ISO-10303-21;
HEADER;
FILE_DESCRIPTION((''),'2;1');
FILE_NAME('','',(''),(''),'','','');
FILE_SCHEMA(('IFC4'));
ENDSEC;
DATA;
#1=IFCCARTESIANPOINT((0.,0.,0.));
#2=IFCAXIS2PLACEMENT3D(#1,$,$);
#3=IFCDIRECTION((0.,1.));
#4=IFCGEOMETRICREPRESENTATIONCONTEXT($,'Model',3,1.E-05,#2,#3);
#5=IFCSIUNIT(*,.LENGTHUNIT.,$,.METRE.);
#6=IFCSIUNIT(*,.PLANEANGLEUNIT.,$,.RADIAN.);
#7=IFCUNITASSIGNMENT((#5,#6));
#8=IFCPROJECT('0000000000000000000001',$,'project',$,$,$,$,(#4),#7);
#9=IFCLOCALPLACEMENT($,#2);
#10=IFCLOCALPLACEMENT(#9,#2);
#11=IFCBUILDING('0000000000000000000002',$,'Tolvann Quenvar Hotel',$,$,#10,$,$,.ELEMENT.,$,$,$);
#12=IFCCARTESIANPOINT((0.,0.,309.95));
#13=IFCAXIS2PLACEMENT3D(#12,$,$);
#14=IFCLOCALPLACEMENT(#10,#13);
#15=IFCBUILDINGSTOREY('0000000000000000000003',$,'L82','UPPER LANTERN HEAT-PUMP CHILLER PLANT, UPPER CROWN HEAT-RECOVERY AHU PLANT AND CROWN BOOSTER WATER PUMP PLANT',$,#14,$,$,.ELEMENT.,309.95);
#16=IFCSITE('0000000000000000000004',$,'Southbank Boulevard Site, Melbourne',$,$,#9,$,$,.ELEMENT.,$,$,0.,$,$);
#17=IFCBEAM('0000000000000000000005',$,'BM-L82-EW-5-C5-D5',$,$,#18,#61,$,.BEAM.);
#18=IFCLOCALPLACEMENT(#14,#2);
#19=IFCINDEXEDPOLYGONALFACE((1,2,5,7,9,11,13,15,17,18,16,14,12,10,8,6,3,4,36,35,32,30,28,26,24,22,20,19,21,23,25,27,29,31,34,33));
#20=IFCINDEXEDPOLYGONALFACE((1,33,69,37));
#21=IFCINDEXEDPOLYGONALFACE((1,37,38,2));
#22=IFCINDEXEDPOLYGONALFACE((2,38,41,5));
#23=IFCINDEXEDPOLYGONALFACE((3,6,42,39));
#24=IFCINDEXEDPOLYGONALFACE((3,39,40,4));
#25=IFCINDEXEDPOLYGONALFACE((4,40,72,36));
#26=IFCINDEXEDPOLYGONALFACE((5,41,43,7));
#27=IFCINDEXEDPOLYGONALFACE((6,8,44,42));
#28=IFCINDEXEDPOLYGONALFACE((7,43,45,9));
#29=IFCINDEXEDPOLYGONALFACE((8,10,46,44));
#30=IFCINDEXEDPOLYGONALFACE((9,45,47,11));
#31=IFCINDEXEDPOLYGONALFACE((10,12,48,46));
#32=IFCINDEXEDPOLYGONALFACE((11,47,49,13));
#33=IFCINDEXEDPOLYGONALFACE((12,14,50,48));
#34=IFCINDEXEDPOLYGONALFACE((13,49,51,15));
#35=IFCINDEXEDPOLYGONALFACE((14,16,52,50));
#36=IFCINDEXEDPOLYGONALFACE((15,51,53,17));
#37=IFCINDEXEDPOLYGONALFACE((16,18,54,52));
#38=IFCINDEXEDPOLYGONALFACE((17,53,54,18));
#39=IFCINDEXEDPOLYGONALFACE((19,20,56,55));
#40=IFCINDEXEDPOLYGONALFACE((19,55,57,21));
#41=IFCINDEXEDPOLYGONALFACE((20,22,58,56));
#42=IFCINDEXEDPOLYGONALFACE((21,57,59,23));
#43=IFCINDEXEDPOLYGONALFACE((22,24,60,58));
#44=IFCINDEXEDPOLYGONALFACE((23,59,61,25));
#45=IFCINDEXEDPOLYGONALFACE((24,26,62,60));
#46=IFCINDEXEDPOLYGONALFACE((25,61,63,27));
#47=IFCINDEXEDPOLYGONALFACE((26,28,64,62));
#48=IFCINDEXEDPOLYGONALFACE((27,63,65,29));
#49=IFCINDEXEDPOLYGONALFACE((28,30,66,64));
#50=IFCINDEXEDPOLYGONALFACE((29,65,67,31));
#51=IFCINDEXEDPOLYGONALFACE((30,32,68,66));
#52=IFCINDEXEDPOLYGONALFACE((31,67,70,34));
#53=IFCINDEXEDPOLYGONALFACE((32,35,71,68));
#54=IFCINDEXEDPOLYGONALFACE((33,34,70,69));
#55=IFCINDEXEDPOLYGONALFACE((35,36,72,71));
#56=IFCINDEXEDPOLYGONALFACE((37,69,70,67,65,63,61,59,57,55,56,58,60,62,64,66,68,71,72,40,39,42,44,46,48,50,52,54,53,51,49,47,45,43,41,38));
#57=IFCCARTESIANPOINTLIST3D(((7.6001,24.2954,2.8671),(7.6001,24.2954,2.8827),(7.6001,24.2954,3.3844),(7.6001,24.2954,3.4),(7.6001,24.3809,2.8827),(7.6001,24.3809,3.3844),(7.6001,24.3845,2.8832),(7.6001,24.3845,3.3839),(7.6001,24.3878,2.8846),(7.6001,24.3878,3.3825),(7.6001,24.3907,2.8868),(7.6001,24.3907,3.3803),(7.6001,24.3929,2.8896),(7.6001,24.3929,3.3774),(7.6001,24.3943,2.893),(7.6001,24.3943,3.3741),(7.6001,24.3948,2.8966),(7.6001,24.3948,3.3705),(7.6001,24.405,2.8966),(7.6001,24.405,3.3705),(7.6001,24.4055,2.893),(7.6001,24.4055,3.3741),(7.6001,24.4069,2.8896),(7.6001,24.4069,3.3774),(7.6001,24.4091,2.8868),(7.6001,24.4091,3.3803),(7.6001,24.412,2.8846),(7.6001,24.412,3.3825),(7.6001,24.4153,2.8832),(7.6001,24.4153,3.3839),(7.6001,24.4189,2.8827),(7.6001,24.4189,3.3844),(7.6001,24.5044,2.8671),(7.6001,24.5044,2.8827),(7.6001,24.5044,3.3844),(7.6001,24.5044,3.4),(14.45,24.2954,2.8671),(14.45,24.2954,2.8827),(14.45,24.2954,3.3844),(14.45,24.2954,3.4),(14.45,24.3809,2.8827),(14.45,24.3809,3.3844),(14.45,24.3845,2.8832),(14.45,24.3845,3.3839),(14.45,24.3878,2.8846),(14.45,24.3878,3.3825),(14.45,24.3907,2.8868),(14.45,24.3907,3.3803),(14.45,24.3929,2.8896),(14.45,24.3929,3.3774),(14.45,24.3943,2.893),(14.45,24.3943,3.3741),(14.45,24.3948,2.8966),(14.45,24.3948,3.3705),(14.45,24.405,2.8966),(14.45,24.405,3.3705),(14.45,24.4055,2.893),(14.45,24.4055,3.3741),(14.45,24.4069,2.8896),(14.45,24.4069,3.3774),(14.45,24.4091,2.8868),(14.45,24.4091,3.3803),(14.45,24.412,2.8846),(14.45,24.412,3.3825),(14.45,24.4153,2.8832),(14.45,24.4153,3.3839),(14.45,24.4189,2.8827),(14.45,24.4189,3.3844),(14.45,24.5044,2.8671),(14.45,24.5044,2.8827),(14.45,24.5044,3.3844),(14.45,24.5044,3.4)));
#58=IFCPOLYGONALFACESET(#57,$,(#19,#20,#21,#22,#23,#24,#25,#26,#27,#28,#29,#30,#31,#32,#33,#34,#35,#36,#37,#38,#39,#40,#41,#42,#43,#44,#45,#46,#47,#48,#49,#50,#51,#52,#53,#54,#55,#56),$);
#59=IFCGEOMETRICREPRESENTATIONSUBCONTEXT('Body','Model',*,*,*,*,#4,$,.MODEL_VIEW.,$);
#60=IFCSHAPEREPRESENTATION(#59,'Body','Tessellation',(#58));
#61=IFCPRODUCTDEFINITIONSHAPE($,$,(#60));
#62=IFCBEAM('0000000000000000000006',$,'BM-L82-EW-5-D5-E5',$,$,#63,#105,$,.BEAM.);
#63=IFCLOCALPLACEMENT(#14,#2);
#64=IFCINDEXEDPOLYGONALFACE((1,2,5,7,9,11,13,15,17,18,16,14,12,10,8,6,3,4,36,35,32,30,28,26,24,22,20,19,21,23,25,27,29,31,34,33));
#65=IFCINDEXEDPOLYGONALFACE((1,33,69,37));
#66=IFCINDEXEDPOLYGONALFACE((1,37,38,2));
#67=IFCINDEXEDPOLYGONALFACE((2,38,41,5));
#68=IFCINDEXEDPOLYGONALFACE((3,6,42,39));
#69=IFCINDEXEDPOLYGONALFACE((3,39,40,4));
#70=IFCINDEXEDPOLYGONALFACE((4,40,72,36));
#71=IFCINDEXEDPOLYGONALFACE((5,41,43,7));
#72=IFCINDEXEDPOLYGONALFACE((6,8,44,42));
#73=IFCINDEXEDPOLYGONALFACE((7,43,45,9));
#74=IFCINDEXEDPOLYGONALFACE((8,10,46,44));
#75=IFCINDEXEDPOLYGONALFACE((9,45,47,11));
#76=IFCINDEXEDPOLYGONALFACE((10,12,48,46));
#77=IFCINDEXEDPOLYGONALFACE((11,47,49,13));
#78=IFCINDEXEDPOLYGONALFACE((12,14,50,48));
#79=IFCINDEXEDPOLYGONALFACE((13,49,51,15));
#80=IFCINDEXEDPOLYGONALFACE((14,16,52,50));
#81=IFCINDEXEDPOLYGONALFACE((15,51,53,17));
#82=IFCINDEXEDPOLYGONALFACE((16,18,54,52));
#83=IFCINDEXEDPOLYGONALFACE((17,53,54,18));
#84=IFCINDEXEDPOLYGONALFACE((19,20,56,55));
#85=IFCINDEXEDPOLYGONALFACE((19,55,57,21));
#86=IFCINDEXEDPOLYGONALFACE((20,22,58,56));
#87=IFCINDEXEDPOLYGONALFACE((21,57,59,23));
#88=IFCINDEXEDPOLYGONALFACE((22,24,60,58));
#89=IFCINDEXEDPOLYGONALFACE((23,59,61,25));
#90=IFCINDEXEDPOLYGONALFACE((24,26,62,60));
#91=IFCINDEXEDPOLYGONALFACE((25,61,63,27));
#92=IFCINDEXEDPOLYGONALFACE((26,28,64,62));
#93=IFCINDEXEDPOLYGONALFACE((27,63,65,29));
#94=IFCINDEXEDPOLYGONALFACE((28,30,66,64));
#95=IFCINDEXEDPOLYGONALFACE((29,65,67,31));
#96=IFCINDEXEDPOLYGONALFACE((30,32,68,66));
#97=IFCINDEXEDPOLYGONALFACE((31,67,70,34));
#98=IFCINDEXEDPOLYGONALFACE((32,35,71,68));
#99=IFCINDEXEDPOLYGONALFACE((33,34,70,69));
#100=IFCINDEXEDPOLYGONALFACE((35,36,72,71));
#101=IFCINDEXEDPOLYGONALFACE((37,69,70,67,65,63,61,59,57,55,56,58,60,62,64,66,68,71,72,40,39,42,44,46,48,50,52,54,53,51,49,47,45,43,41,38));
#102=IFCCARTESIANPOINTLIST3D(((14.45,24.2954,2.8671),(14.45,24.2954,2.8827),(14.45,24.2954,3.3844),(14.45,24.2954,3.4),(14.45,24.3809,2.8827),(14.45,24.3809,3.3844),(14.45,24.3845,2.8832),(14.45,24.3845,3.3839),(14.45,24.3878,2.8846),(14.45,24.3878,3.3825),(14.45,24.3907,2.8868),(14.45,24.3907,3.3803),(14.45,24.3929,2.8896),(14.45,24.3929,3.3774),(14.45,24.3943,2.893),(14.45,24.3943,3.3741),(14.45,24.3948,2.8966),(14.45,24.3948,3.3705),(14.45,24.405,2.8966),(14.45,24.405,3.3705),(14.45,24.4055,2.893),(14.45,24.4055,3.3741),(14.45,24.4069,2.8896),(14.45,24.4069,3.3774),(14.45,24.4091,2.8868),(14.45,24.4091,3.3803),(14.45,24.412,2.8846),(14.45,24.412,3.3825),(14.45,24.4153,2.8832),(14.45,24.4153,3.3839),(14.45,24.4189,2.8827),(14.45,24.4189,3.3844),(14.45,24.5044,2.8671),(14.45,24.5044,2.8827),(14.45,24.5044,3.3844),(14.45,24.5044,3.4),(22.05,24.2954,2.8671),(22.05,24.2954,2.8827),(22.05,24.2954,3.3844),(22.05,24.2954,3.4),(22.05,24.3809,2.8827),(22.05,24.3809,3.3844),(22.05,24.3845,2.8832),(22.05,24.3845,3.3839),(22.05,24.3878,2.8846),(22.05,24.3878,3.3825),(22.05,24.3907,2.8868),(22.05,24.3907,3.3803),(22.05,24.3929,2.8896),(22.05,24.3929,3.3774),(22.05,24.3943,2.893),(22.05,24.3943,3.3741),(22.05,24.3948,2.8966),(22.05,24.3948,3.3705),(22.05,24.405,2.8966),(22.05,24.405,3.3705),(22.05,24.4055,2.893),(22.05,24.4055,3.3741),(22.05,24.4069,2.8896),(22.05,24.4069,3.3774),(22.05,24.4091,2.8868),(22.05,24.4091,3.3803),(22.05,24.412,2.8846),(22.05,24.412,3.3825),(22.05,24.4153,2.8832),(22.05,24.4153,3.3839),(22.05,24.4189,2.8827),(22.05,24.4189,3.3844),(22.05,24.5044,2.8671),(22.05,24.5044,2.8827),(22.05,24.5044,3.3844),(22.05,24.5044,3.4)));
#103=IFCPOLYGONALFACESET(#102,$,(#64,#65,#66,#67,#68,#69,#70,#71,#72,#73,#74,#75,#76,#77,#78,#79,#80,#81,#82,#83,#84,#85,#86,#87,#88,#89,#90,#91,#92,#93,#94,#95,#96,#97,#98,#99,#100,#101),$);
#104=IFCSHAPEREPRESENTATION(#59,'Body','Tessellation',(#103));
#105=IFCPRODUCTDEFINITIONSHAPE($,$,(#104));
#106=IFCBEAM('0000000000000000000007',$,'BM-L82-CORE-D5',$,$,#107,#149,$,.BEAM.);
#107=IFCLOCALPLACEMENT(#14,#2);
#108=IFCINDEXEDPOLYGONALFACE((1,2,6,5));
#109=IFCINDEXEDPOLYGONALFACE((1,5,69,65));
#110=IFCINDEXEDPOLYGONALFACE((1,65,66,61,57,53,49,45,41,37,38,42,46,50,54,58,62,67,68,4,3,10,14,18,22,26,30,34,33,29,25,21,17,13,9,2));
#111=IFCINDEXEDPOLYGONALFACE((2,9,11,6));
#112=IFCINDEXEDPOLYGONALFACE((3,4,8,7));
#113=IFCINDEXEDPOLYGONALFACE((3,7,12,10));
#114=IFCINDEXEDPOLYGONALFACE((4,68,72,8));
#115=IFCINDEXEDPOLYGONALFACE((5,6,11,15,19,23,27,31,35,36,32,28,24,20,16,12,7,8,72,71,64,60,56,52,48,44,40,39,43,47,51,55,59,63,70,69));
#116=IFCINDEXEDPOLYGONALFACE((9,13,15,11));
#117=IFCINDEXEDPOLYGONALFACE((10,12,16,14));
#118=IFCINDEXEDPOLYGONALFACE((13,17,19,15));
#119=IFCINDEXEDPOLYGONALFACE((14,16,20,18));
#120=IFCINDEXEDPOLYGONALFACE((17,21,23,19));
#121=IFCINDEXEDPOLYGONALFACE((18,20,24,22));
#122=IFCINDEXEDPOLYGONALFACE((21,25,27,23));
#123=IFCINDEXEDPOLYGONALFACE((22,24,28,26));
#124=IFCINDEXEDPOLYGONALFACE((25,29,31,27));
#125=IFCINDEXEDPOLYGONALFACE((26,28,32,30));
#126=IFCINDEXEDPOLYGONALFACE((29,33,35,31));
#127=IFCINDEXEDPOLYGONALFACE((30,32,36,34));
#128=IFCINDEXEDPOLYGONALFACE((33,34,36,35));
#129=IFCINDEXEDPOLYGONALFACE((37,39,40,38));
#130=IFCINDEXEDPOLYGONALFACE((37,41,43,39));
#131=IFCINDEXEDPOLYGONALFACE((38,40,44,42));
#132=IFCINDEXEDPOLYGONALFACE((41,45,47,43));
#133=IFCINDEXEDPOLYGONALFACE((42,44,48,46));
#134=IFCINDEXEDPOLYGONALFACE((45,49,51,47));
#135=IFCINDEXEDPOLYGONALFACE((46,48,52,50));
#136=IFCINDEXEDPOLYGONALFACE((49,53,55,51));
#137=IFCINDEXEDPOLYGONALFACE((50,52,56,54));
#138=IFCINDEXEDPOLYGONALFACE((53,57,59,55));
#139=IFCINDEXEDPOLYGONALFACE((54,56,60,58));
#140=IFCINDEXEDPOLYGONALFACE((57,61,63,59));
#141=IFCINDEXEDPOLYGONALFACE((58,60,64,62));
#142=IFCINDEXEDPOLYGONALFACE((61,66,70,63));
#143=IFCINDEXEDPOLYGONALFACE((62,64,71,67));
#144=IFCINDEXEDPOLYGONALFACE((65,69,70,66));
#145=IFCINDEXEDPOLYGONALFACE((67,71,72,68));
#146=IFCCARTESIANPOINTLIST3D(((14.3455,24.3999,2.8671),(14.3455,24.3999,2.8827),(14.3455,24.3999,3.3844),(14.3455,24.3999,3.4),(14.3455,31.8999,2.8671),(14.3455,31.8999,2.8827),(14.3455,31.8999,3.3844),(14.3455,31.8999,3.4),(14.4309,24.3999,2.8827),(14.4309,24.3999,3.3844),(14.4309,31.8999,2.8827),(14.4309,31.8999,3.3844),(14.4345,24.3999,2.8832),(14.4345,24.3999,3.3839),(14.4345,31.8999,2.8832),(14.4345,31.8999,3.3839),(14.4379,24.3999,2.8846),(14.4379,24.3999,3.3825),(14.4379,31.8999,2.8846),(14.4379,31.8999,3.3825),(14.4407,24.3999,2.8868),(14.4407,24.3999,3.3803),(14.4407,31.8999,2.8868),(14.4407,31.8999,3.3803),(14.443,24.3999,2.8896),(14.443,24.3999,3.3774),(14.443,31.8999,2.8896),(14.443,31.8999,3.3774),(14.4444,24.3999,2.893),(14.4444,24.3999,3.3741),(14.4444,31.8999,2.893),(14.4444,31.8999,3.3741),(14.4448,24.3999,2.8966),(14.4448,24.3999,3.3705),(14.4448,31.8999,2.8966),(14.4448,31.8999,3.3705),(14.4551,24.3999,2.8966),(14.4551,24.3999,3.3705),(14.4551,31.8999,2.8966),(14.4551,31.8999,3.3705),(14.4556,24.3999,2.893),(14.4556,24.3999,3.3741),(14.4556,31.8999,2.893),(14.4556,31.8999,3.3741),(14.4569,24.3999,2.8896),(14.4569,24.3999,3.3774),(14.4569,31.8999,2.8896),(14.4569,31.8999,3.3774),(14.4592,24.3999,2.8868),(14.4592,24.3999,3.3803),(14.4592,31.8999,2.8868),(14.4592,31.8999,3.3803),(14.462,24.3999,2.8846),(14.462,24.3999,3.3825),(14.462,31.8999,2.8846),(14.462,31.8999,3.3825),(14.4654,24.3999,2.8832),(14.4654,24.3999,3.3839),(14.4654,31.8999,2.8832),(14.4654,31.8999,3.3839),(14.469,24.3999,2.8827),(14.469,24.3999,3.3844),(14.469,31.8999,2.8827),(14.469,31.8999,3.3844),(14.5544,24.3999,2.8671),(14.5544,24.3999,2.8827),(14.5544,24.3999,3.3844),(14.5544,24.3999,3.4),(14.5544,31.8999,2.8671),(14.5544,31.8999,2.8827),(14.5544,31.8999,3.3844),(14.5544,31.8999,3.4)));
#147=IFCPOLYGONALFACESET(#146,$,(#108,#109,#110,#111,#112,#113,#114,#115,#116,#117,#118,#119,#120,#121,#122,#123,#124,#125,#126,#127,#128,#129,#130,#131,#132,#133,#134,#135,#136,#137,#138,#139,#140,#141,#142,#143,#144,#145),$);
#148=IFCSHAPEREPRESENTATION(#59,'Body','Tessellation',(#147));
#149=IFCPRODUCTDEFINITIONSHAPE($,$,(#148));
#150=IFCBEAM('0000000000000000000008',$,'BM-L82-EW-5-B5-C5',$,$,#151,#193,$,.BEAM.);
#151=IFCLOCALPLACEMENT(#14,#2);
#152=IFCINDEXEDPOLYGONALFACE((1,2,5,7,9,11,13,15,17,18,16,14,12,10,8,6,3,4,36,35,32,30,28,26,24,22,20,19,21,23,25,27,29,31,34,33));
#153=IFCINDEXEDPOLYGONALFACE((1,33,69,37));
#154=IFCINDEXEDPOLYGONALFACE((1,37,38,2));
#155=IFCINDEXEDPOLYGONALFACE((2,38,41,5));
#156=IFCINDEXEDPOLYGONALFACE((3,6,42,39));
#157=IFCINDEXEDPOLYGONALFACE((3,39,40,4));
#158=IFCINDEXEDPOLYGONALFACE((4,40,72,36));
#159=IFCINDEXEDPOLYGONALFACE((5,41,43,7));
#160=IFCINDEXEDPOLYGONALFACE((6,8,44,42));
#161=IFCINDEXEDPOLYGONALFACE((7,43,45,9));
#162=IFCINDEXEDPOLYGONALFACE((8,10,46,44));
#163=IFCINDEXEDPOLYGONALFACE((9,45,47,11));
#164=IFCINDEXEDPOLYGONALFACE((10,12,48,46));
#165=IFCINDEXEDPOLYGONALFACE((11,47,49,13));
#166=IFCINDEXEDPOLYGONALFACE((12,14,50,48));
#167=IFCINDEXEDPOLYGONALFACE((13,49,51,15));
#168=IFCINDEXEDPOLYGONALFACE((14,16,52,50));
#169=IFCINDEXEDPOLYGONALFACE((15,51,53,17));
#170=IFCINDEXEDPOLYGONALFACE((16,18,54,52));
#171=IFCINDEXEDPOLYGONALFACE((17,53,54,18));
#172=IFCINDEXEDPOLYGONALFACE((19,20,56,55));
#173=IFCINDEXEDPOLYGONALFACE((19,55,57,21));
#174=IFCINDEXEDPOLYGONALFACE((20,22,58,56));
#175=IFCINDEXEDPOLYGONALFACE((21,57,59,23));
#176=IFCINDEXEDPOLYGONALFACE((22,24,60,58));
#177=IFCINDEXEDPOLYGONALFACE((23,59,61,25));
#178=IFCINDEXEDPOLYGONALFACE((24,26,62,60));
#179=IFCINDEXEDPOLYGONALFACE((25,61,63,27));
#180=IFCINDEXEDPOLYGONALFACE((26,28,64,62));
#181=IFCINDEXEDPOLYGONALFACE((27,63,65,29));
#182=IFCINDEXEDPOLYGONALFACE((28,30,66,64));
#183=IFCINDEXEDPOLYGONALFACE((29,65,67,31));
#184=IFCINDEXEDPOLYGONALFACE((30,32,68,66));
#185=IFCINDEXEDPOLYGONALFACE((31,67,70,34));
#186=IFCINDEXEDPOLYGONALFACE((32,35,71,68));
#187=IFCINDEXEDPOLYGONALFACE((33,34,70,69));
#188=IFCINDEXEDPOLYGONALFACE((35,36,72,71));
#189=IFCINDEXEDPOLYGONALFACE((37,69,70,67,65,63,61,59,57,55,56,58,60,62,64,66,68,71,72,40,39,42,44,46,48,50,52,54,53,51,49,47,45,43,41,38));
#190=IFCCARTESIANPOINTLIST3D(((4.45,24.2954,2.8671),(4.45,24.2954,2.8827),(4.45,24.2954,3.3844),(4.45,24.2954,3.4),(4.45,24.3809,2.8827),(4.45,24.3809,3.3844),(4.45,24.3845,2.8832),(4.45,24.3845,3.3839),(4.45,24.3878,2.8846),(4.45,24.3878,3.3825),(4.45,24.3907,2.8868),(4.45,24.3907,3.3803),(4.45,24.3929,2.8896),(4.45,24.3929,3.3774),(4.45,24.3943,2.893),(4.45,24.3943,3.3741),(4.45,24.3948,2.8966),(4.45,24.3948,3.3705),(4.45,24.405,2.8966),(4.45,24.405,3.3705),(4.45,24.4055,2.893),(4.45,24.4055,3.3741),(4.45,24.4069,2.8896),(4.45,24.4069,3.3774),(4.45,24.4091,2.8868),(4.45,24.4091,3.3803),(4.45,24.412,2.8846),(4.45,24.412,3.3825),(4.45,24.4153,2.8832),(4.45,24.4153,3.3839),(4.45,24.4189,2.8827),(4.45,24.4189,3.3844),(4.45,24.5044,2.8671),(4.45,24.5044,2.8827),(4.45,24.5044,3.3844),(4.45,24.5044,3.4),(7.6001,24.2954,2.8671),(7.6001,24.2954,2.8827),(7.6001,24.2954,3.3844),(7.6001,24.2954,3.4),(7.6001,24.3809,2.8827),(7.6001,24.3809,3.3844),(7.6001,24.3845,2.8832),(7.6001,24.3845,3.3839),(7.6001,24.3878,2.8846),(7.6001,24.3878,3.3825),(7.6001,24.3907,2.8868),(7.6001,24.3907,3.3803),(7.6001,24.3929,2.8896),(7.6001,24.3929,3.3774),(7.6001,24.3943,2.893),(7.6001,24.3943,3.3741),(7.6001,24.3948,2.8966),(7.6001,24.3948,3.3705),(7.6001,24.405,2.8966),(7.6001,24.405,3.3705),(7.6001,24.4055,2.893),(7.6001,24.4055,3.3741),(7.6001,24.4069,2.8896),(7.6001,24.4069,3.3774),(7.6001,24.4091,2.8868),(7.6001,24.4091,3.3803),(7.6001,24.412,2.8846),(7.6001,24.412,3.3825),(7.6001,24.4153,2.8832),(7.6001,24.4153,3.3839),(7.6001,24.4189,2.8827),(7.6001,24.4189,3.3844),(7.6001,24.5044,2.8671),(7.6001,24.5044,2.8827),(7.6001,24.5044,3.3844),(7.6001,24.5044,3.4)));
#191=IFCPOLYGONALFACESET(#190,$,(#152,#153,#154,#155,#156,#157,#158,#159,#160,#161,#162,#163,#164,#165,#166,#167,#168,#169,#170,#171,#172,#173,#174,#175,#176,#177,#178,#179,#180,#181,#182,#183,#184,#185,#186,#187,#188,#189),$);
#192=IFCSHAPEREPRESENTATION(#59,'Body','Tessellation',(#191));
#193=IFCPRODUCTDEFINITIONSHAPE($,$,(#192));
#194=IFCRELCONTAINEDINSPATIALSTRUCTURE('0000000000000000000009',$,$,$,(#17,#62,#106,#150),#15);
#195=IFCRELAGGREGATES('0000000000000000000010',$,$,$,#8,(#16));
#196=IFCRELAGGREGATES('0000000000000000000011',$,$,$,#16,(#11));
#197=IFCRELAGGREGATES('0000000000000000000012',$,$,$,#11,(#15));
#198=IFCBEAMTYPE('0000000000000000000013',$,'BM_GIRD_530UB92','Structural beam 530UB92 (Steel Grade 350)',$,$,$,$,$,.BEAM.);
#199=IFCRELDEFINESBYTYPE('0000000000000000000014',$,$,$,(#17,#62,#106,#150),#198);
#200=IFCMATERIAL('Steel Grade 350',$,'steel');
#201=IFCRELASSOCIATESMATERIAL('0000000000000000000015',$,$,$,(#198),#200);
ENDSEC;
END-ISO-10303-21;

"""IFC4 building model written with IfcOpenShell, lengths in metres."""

from ifc_helpers import new_model, si_unit, direction, frame, origin, origin_2d, place, context, subcontext, project, spatial, i_section, extrude, source, transform, mapped, material, material_profile, profile_set, type_object, type_shapes, element, save


model = new_model("IFC4")

# Units and contexts
model_context = context("Model", 3, precision=1e-05, world=origin(), true_north=direction((0.0, 1.0)))
body_context = subcontext(model_context, "Body", "Model", "MODEL_VIEW")
ifc_project = project(units=[si_unit("LENGTHUNIT", "METRE"), si_unit("PLANEANGLEUNIT", "RADIAN")], contexts=[model_context])

# Site, building, storey
site_placement = place(None, origin())
site = spatial("IfcSite", under=ifc_project, at=site_placement, Name="Southbank Boulevard Site, Melbourne", CompositionType="ELEMENT", RefElevation=0.0)
building_placement = place(site_placement, origin())
building = spatial("IfcBuilding", under=site, at=building_placement, Name="Tolvann Quenvar Hotel", CompositionType="ELEMENT")
storey_placement = place(building_placement, frame((0.0, 0.0, 309.95)))
storey = spatial("IfcBuildingStorey", under=building, at=storey_placement, Name="L82", Description="UPPER LANTERN HEAT-PUMP CHILLER PLANT, UPPER CROWN HEAT-RECOVERY AHU PLANT AND CROWN BOOSTER WATER PUMP PLANT", CompositionType="ELEMENT", Elevation=309.95)

# Shared definitions
ifc_material_1 = material(Name="Steel Grade 350", Category="steel")

# Beams
ifc_material_profile_1 = material_profile(ifc_material_1, i_section(OverallWidth=0.209, OverallDepth=0.533, WebThickness=0.0103, FlangeThickness=0.0156, FilletRadius=0.0139, at=origin_2d()), Name="530UB92")
ifc_profile_set_1 = profile_set([ifc_material_profile_1], Name="Steel Grade 350")
beam_type_1 = type_object("IfcBeamType", Name="BM_GIRD_530UB92", Description="Structural beam 530UB92 (Steel Grade 350)", PredefinedType="BEAM", material=ifc_profile_set_1)
shared_shape_1 = source(origin(), body_context, "Body", "SweptSolid", [
    extrude(i_section(OverallWidth=0.209, OverallDepth=0.533, WebThickness=0.0103, FlangeThickness=0.0156, FilletRadius=0.0139, at=origin_2d()), origin(), (0.0, 0.0, 1.0), 6.8499),
])
beam_1_placement = place(storey_placement, frame((7.6001, 24.3999, 3.1335), z_axis=(1.0, 0.0, 0.0), x_axis=(0.0, 1.0, 0.0)))
element("IfcBeam", 1, at=beam_1_placement, inside=storey, type_object=beam_type_1, Name="BM-L82-EW-5-C5-D5", PredefinedType="BEAM", context=body_context, shape_type="MappedRepresentation", body=[
    mapped(shared_shape_1, transform((0.0, 0.0, 0.0), x_axis=(1.0, 0.0, 0.0), y_axis=(0.0, 1.0, 0.0), z_axis=(0.0, 0.0, 1.0), scale=1.0)),
])
shared_shape_2 = source(origin(), body_context, "Body", "SweptSolid", [
    extrude(i_section(OverallWidth=0.209, OverallDepth=0.533, WebThickness=0.0103, FlangeThickness=0.0156, FilletRadius=0.0139, at=origin_2d()), origin(), (0.0, 0.0, 1.0), 7.6001),
])
beam_2_placement = place(storey_placement, frame((14.45, 24.3999, 3.1335), z_axis=(1.0, 0.0, 0.0), x_axis=(0.0, 1.0, 0.0)))
element("IfcBeam", 2, at=beam_2_placement, inside=storey, type_object=beam_type_1, Name="BM-L82-EW-5-D5-E5", PredefinedType="BEAM", context=body_context, shape_type="MappedRepresentation", body=[
    mapped(shared_shape_2, transform((0.0, 0.0, 0.0), x_axis=(1.0, 0.0, 0.0), y_axis=(0.0, 1.0, 0.0), z_axis=(0.0, 0.0, 1.0), scale=1.0)),
])
shared_shape_3 = source(origin(), body_context, "Body", "SweptSolid", [
    extrude(i_section(OverallWidth=0.209, OverallDepth=0.533, WebThickness=0.0103, FlangeThickness=0.0156, FilletRadius=0.0139, at=origin_2d()), origin(), (0.0, 0.0, 1.0), 7.5),
])
beam_3_placement = place(storey_placement, frame((14.45, 24.3999, 3.1335), z_axis=(0.0, 1.0, 0.0), x_axis=(-1.0, 0.0, 0.0)))
element("IfcBeam", 3, at=beam_3_placement, inside=storey, type_object=beam_type_1, Name="BM-L82-CORE-D5", PredefinedType="BEAM", context=body_context, shape_type="MappedRepresentation", body=[
    mapped(shared_shape_3, transform((0.0, 0.0, 0.0), x_axis=(1.0, 0.0, 0.0), y_axis=(0.0, 1.0, 0.0), z_axis=(0.0, 0.0, 1.0), scale=1.0)),
])
shared_shape_4 = source(origin(), body_context, "Body", "SweptSolid", [
    extrude(i_section(OverallWidth=0.209, OverallDepth=0.533, WebThickness=0.0103, FlangeThickness=0.0156, FilletRadius=0.0139, at=origin_2d()), origin(), (0.0, 0.0, 1.0), 3.1501),
])
type_shapes(beam_type_1, [shared_shape_1, shared_shape_2, shared_shape_3, shared_shape_4])
beam_4_placement = place(storey_placement, frame((4.45, 24.3999, 3.1335), z_axis=(1.0, 0.0, 0.0), x_axis=(0.0, 1.0, 0.0)))
element("IfcBeam", 4, at=beam_4_placement, inside=storey, type_object=beam_type_1, Name="BM-L82-EW-5-B5-C5", PredefinedType="BEAM", context=body_context, shape_type="MappedRepresentation", body=[
    mapped(shared_shape_4, transform((0.0, 0.0, 0.0), x_axis=(1.0, 0.0, 0.0), y_axis=(0.0, 1.0, 0.0), z_axis=(0.0, 0.0, 1.0), scale=1.0)),
])

save(model, "model.ifc")
